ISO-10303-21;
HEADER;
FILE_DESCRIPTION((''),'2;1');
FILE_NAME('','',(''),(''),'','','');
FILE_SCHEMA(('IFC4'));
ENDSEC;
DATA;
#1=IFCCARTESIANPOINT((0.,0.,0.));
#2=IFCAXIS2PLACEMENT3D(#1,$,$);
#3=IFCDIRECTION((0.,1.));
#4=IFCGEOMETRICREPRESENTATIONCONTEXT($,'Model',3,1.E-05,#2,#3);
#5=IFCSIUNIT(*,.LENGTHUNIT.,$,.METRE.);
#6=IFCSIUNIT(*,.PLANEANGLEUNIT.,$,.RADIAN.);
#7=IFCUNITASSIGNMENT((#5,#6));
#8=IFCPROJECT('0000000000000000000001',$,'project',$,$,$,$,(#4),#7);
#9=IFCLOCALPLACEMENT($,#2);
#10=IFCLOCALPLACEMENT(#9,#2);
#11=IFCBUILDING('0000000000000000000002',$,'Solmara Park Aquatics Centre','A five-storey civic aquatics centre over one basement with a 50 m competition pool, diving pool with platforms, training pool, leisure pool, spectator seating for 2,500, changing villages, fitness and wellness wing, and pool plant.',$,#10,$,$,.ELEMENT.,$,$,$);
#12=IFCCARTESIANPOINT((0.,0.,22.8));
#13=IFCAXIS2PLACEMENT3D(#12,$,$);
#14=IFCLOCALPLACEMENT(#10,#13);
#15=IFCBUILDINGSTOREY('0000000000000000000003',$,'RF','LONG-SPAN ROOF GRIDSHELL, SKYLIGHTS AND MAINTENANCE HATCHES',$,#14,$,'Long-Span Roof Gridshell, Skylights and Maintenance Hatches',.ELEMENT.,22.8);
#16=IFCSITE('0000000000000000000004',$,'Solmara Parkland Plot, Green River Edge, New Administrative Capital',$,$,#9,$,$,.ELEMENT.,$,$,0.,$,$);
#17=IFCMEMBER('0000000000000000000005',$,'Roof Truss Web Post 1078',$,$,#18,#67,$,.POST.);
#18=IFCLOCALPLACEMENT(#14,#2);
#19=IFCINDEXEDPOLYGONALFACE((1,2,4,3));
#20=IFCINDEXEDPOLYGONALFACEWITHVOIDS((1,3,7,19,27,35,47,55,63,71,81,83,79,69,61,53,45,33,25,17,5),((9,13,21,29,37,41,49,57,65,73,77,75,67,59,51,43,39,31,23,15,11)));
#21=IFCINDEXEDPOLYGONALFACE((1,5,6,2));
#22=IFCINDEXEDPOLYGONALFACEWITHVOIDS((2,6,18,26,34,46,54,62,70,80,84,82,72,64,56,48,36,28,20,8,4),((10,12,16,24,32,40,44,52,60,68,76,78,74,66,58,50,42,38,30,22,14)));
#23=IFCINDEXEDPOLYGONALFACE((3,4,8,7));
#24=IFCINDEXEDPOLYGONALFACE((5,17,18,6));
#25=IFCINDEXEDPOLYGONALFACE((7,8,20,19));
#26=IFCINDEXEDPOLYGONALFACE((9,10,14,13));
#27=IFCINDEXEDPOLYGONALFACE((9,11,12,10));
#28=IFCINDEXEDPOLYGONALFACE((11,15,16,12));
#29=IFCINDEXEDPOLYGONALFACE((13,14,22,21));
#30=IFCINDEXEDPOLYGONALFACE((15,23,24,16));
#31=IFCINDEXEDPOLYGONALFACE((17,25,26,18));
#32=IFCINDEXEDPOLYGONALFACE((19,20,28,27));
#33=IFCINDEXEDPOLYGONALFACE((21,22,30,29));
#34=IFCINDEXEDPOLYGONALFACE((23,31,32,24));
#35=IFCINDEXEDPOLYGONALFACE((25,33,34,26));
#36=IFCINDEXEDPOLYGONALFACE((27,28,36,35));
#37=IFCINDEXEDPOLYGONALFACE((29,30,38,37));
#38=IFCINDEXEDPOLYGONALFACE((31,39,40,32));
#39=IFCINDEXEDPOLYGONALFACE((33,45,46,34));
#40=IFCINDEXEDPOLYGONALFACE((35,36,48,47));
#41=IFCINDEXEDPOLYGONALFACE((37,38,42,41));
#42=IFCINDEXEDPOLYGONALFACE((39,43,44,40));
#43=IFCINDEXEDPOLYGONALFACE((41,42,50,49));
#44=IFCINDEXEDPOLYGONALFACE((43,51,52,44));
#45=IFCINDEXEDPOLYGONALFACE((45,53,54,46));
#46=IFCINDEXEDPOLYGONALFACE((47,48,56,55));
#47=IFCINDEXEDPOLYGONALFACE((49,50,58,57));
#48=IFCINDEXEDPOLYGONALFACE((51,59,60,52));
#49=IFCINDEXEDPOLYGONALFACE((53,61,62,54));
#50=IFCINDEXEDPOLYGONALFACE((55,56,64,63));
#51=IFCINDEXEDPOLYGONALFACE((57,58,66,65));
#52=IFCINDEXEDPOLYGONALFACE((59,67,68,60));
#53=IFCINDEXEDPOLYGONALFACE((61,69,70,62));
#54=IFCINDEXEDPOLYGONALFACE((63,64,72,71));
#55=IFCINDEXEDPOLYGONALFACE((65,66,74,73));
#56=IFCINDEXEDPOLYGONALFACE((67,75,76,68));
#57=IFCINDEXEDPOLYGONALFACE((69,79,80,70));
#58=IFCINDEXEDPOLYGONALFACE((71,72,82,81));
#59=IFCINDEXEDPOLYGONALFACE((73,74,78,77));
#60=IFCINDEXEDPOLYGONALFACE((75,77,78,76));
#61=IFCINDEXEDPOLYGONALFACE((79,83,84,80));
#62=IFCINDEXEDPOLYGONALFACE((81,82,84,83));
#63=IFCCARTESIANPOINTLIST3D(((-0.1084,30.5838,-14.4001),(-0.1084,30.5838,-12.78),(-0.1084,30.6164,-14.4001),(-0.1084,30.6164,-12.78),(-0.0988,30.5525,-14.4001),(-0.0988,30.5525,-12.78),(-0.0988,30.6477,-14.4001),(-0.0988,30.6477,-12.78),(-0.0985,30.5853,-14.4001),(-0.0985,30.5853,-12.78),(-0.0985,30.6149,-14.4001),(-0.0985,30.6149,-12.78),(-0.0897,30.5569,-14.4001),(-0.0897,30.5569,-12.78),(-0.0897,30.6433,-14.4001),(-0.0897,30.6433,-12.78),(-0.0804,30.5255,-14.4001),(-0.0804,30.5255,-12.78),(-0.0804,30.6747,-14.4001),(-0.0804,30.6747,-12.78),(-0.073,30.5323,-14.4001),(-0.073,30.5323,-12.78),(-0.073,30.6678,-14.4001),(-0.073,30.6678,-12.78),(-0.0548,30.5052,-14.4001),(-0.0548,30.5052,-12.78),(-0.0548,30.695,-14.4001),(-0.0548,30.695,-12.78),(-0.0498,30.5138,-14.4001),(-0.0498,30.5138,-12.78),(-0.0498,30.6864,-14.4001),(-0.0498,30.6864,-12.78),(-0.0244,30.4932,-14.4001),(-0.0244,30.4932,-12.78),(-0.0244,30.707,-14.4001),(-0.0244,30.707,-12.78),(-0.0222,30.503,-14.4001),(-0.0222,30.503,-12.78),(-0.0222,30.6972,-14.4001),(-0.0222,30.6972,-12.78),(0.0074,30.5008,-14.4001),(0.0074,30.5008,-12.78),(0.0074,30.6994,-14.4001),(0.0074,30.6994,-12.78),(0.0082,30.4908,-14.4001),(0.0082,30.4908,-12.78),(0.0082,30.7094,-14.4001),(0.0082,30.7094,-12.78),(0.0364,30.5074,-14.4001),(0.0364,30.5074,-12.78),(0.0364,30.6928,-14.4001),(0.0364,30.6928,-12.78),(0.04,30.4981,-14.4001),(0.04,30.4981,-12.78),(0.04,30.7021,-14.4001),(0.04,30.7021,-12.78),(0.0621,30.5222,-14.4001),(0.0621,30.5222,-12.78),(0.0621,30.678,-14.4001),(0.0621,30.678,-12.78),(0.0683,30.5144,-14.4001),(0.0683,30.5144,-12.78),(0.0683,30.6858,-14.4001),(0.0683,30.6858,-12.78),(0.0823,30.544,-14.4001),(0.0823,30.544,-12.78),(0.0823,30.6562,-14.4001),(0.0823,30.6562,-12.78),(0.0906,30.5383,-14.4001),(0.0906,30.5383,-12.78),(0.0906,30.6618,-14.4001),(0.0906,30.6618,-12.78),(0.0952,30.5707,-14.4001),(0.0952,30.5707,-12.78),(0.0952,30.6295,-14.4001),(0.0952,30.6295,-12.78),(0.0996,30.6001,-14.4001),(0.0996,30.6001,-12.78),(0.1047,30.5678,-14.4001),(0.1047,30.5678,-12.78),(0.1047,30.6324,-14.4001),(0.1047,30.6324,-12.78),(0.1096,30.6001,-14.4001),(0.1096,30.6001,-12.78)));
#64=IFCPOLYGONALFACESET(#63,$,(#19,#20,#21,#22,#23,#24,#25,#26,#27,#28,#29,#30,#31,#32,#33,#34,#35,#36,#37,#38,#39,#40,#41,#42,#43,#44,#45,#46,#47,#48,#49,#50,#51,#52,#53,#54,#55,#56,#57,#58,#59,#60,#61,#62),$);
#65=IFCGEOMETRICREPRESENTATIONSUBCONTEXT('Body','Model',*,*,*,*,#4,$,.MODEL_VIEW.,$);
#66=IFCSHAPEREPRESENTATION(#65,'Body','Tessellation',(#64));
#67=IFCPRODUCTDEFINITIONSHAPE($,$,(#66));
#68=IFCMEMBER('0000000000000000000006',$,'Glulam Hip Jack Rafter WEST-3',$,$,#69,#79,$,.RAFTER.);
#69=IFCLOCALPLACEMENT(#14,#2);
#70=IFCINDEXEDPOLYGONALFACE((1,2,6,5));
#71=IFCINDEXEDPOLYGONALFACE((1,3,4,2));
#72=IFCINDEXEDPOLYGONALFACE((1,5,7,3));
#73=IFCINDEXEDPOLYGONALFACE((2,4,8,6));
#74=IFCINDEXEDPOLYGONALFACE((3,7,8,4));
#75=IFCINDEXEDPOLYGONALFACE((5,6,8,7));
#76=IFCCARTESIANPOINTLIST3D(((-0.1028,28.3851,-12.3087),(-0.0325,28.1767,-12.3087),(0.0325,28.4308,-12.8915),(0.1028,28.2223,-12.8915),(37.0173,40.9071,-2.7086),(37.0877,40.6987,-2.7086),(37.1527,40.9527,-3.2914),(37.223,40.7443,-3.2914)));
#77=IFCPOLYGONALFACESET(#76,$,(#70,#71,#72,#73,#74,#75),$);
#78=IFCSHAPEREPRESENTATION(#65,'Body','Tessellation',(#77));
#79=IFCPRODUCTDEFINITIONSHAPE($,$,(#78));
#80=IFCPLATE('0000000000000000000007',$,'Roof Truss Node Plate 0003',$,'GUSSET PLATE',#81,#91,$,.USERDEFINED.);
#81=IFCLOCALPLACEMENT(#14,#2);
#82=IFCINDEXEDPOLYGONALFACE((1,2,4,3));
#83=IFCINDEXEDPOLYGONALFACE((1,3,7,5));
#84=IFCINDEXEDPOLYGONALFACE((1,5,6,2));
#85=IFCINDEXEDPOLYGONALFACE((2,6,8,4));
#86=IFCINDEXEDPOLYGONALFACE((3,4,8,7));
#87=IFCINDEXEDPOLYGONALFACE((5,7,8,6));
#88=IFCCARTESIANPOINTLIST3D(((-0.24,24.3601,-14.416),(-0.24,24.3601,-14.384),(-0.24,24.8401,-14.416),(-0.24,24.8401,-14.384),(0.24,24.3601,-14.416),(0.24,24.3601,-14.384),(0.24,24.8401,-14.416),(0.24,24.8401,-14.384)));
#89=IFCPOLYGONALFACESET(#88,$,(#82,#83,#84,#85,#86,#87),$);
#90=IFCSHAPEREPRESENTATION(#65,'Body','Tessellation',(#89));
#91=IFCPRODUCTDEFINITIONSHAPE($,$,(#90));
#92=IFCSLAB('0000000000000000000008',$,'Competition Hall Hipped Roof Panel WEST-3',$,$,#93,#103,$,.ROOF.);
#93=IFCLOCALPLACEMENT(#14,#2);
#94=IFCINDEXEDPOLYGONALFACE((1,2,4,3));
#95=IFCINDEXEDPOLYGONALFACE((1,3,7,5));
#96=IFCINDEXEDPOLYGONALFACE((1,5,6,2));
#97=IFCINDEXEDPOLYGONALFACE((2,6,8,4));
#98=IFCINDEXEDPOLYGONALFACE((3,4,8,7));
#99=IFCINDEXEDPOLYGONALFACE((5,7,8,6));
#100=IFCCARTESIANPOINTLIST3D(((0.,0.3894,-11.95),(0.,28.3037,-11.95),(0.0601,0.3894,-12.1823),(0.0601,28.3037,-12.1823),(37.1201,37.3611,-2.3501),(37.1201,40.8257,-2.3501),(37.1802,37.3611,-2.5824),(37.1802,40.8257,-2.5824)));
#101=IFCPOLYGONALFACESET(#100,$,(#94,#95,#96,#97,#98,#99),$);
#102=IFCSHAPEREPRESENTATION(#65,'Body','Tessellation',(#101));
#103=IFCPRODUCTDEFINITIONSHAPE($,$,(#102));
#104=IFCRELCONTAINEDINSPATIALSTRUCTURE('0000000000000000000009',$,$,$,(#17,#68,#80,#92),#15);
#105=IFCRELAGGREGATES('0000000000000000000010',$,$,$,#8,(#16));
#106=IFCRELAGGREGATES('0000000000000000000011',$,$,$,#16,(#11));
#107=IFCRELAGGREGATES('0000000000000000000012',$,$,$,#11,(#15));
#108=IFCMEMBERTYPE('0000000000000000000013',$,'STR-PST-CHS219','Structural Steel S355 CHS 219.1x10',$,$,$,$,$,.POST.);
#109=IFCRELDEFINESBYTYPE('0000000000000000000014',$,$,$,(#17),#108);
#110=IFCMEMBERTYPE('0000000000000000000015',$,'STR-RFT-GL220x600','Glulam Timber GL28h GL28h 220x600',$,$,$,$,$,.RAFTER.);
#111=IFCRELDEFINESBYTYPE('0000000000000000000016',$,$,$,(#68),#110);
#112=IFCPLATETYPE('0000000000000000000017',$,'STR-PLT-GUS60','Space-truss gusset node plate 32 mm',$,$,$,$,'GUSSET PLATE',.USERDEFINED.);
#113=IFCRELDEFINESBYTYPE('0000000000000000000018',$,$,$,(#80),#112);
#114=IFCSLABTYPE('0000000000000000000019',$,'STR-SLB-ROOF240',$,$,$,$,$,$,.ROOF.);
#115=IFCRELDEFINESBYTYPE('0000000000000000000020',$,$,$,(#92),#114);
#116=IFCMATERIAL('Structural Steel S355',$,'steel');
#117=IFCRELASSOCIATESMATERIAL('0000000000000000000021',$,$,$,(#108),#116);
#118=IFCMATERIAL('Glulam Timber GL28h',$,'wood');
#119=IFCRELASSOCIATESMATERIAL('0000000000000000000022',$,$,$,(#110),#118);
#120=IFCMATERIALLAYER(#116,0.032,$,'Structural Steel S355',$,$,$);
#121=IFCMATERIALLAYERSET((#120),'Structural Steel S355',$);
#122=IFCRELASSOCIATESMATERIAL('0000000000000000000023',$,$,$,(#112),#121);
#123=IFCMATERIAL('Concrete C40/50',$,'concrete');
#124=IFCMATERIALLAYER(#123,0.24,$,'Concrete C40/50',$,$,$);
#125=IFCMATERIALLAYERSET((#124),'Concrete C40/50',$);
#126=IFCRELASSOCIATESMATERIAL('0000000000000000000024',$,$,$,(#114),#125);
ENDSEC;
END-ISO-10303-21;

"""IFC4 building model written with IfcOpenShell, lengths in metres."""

from ifc_helpers import new_model, si_unit, direction, frame, origin, origin_2d, place, context, subcontext, project, spatial, polyline, rectangle, hollow_circle, outline, extrude, material, layer, layer_set, material_profile, profile_set, type_object, element, save


model = new_model("IFC4")

# Units and contexts
model_context = context("Model", 3, precision=1e-05, world=origin(), true_north=direction((0.0, 1.0)))
body_context = subcontext(model_context, "Body", "Model", "MODEL_VIEW")
ifc_project = project(units=[si_unit("LENGTHUNIT", "METRE"), si_unit("PLANEANGLEUNIT", "RADIAN")], contexts=[model_context])

# Site, building, storey
site_placement = place(None, origin())
site = spatial("IfcSite", under=ifc_project, at=site_placement, Name="Solmara Parkland Plot, Green River Edge, New Administrative Capital", CompositionType="ELEMENT", RefElevation=0.0)
building_placement = place(site_placement, origin())
building = spatial("IfcBuilding", under=site, at=building_placement, Name="Solmara Park Aquatics Centre", Description="A five-storey civic aquatics centre over one basement with a 50 m competition pool, diving pool with platforms, training pool, leisure pool, spectator seating for 2,500, changing villages, fitness and wellness wing, and pool plant.", CompositionType="ELEMENT")
storey_placement = place(building_placement, frame((0.0, 0.0, 22.8)))
storey = spatial("IfcBuildingStorey", under=building, at=storey_placement, Name="RF", Description="LONG-SPAN ROOF GRIDSHELL, SKYLIGHTS AND MAINTENANCE HATCHES", LongName="Long-Span Roof Gridshell, Skylights and Maintenance Hatches", CompositionType="ELEMENT", Elevation=22.8)

# Members
ifc_material_1 = material(Name="Structural Steel S355", Category="steel")
ifc_material_2 = material(Name="Glulam Timber GL28h", Category="wood")
ifc_material_profile_1 = material_profile(ifc_material_1, hollow_circle(Radius=0.1096, WallThickness=0.01, at=origin_2d()), Name="CHS 219.1x10")
ifc_profile_set_1 = profile_set([ifc_material_profile_1], Name="Structural Steel S355")
member_type_1 = type_object("IfcMemberType", Name="STR-PST-CHS219", Description="Structural Steel S355 CHS 219.1x10", PredefinedType="POST", material=ifc_profile_set_1)
for number, where, z_axis, x_axis, name in (
    (1, (0.0, 30.6001, -14.4001), (0.0, 0.0, 1.0), (1.0, 0.0, 0.0), "Roof Truss Web Post 1078"),
):
    element("IfcMember", number, at=place(storey_placement, frame(where, z_axis=z_axis, x_axis=x_axis)), inside=storey, type_object=member_type_1, Name=name, PredefinedType="POST", context=body_context, shape_type="SweptSolid", body=[
        extrude(hollow_circle(Radius=0.1096, WallThickness=0.01, at=origin_2d()), origin(), (0.0, 0.0, 1.0), 1.6201),
    ])
ifc_material_profile_2 = material_profile(ifc_material_2, rectangle(XDim=0.22, YDim=0.6001, at=origin_2d()), Name="GL28h 220x600")
ifc_profile_set_2 = profile_set([ifc_material_profile_2], Name="Glulam Timber GL28h")
member_type_2 = type_object("IfcMemberType", Name="STR-RFT-GL220x600", Description="Glulam Timber GL28h GL28h 220x600", PredefinedType="RAFTER", material=ifc_profile_set_2)
member_1_placement = place(storey_placement, frame((0.0, 28.3037, -12.6001), z_axis=(0.920309, 0.310454, 0.238013), x_axis=(-0.31964, 0.947539, 0.0)))
element("IfcMember", 2, at=member_1_placement, inside=storey, type_object=member_type_2, Name="Glulam Hip Jack Rafter WEST-3", PredefinedType="RAFTER", context=body_context, shape_type="SweptSolid", body=[
    extrude(rectangle(XDim=0.22, YDim=0.6001, at=origin_2d()), origin(), (0.0, 0.0, 1.0), 40.3345),
])

# Plate
ifc_layer_1 = layer(ifc_material_1, 0.032, Name="Structural Steel S355")
ifc_layer_set_1 = layer_set([ifc_layer_1], Name="Structural Steel S355")
plate_type = type_object("IfcPlateType", Name="STR-PLT-GUS60", Description="Space-truss gusset node plate 32 mm", ElementType="GUSSET PLATE", PredefinedType="USERDEFINED", material=ifc_layer_set_1)
plate_placement = place(storey_placement, frame((0.0, 24.6001, -14.416), z_axis=(0.0, 0.0, 1.0), x_axis=(1.0, 0.0, 0.0)))
element("IfcPlate", 3, at=plate_placement, inside=storey, type_object=plate_type, Name="Roof Truss Node Plate 0003", ObjectType="GUSSET PLATE", PredefinedType="USERDEFINED", context=body_context, shape_type="SweptSolid", body=[
    extrude(rectangle(XDim=0.48, YDim=0.48, at=origin_2d()), origin(), (0.0, 0.0, 1.0), 0.032),
])

# Slab
ifc_material_3 = material(Name="Concrete C40/50", Category="concrete")
ifc_layer_2 = layer(ifc_material_3, 0.24, Name="Concrete C40/50")
ifc_layer_set_2 = layer_set([ifc_layer_2], Name="Concrete C40/50")
slab_type = type_object("IfcSlabType", Name="STR-SLB-ROOF240", PredefinedType="ROOF", material=ifc_layer_set_2)
slab_placement = place(storey_placement, frame((0.0, 28.3037, -11.95), z_axis=(-0.250379, 0.0, 0.968148), x_axis=(0.0, -1.0, 0.0)))
element("IfcSlab", 4, at=slab_placement, inside=storey, type_object=slab_type, Name="Competition Hall Hipped Roof Panel WEST-3", PredefinedType="ROOF", context=body_context, shape_type="SweptSolid", body=[
    extrude(outline(polyline([(0.0, 0.0), (27.9143, 0.0), (-9.0574, 38.3414), (-12.522, 38.3414), (0.0, 0.0)])), origin(), (0.0, 0.0, -1.0), 0.24),
])

save(model, "model.ifc")
